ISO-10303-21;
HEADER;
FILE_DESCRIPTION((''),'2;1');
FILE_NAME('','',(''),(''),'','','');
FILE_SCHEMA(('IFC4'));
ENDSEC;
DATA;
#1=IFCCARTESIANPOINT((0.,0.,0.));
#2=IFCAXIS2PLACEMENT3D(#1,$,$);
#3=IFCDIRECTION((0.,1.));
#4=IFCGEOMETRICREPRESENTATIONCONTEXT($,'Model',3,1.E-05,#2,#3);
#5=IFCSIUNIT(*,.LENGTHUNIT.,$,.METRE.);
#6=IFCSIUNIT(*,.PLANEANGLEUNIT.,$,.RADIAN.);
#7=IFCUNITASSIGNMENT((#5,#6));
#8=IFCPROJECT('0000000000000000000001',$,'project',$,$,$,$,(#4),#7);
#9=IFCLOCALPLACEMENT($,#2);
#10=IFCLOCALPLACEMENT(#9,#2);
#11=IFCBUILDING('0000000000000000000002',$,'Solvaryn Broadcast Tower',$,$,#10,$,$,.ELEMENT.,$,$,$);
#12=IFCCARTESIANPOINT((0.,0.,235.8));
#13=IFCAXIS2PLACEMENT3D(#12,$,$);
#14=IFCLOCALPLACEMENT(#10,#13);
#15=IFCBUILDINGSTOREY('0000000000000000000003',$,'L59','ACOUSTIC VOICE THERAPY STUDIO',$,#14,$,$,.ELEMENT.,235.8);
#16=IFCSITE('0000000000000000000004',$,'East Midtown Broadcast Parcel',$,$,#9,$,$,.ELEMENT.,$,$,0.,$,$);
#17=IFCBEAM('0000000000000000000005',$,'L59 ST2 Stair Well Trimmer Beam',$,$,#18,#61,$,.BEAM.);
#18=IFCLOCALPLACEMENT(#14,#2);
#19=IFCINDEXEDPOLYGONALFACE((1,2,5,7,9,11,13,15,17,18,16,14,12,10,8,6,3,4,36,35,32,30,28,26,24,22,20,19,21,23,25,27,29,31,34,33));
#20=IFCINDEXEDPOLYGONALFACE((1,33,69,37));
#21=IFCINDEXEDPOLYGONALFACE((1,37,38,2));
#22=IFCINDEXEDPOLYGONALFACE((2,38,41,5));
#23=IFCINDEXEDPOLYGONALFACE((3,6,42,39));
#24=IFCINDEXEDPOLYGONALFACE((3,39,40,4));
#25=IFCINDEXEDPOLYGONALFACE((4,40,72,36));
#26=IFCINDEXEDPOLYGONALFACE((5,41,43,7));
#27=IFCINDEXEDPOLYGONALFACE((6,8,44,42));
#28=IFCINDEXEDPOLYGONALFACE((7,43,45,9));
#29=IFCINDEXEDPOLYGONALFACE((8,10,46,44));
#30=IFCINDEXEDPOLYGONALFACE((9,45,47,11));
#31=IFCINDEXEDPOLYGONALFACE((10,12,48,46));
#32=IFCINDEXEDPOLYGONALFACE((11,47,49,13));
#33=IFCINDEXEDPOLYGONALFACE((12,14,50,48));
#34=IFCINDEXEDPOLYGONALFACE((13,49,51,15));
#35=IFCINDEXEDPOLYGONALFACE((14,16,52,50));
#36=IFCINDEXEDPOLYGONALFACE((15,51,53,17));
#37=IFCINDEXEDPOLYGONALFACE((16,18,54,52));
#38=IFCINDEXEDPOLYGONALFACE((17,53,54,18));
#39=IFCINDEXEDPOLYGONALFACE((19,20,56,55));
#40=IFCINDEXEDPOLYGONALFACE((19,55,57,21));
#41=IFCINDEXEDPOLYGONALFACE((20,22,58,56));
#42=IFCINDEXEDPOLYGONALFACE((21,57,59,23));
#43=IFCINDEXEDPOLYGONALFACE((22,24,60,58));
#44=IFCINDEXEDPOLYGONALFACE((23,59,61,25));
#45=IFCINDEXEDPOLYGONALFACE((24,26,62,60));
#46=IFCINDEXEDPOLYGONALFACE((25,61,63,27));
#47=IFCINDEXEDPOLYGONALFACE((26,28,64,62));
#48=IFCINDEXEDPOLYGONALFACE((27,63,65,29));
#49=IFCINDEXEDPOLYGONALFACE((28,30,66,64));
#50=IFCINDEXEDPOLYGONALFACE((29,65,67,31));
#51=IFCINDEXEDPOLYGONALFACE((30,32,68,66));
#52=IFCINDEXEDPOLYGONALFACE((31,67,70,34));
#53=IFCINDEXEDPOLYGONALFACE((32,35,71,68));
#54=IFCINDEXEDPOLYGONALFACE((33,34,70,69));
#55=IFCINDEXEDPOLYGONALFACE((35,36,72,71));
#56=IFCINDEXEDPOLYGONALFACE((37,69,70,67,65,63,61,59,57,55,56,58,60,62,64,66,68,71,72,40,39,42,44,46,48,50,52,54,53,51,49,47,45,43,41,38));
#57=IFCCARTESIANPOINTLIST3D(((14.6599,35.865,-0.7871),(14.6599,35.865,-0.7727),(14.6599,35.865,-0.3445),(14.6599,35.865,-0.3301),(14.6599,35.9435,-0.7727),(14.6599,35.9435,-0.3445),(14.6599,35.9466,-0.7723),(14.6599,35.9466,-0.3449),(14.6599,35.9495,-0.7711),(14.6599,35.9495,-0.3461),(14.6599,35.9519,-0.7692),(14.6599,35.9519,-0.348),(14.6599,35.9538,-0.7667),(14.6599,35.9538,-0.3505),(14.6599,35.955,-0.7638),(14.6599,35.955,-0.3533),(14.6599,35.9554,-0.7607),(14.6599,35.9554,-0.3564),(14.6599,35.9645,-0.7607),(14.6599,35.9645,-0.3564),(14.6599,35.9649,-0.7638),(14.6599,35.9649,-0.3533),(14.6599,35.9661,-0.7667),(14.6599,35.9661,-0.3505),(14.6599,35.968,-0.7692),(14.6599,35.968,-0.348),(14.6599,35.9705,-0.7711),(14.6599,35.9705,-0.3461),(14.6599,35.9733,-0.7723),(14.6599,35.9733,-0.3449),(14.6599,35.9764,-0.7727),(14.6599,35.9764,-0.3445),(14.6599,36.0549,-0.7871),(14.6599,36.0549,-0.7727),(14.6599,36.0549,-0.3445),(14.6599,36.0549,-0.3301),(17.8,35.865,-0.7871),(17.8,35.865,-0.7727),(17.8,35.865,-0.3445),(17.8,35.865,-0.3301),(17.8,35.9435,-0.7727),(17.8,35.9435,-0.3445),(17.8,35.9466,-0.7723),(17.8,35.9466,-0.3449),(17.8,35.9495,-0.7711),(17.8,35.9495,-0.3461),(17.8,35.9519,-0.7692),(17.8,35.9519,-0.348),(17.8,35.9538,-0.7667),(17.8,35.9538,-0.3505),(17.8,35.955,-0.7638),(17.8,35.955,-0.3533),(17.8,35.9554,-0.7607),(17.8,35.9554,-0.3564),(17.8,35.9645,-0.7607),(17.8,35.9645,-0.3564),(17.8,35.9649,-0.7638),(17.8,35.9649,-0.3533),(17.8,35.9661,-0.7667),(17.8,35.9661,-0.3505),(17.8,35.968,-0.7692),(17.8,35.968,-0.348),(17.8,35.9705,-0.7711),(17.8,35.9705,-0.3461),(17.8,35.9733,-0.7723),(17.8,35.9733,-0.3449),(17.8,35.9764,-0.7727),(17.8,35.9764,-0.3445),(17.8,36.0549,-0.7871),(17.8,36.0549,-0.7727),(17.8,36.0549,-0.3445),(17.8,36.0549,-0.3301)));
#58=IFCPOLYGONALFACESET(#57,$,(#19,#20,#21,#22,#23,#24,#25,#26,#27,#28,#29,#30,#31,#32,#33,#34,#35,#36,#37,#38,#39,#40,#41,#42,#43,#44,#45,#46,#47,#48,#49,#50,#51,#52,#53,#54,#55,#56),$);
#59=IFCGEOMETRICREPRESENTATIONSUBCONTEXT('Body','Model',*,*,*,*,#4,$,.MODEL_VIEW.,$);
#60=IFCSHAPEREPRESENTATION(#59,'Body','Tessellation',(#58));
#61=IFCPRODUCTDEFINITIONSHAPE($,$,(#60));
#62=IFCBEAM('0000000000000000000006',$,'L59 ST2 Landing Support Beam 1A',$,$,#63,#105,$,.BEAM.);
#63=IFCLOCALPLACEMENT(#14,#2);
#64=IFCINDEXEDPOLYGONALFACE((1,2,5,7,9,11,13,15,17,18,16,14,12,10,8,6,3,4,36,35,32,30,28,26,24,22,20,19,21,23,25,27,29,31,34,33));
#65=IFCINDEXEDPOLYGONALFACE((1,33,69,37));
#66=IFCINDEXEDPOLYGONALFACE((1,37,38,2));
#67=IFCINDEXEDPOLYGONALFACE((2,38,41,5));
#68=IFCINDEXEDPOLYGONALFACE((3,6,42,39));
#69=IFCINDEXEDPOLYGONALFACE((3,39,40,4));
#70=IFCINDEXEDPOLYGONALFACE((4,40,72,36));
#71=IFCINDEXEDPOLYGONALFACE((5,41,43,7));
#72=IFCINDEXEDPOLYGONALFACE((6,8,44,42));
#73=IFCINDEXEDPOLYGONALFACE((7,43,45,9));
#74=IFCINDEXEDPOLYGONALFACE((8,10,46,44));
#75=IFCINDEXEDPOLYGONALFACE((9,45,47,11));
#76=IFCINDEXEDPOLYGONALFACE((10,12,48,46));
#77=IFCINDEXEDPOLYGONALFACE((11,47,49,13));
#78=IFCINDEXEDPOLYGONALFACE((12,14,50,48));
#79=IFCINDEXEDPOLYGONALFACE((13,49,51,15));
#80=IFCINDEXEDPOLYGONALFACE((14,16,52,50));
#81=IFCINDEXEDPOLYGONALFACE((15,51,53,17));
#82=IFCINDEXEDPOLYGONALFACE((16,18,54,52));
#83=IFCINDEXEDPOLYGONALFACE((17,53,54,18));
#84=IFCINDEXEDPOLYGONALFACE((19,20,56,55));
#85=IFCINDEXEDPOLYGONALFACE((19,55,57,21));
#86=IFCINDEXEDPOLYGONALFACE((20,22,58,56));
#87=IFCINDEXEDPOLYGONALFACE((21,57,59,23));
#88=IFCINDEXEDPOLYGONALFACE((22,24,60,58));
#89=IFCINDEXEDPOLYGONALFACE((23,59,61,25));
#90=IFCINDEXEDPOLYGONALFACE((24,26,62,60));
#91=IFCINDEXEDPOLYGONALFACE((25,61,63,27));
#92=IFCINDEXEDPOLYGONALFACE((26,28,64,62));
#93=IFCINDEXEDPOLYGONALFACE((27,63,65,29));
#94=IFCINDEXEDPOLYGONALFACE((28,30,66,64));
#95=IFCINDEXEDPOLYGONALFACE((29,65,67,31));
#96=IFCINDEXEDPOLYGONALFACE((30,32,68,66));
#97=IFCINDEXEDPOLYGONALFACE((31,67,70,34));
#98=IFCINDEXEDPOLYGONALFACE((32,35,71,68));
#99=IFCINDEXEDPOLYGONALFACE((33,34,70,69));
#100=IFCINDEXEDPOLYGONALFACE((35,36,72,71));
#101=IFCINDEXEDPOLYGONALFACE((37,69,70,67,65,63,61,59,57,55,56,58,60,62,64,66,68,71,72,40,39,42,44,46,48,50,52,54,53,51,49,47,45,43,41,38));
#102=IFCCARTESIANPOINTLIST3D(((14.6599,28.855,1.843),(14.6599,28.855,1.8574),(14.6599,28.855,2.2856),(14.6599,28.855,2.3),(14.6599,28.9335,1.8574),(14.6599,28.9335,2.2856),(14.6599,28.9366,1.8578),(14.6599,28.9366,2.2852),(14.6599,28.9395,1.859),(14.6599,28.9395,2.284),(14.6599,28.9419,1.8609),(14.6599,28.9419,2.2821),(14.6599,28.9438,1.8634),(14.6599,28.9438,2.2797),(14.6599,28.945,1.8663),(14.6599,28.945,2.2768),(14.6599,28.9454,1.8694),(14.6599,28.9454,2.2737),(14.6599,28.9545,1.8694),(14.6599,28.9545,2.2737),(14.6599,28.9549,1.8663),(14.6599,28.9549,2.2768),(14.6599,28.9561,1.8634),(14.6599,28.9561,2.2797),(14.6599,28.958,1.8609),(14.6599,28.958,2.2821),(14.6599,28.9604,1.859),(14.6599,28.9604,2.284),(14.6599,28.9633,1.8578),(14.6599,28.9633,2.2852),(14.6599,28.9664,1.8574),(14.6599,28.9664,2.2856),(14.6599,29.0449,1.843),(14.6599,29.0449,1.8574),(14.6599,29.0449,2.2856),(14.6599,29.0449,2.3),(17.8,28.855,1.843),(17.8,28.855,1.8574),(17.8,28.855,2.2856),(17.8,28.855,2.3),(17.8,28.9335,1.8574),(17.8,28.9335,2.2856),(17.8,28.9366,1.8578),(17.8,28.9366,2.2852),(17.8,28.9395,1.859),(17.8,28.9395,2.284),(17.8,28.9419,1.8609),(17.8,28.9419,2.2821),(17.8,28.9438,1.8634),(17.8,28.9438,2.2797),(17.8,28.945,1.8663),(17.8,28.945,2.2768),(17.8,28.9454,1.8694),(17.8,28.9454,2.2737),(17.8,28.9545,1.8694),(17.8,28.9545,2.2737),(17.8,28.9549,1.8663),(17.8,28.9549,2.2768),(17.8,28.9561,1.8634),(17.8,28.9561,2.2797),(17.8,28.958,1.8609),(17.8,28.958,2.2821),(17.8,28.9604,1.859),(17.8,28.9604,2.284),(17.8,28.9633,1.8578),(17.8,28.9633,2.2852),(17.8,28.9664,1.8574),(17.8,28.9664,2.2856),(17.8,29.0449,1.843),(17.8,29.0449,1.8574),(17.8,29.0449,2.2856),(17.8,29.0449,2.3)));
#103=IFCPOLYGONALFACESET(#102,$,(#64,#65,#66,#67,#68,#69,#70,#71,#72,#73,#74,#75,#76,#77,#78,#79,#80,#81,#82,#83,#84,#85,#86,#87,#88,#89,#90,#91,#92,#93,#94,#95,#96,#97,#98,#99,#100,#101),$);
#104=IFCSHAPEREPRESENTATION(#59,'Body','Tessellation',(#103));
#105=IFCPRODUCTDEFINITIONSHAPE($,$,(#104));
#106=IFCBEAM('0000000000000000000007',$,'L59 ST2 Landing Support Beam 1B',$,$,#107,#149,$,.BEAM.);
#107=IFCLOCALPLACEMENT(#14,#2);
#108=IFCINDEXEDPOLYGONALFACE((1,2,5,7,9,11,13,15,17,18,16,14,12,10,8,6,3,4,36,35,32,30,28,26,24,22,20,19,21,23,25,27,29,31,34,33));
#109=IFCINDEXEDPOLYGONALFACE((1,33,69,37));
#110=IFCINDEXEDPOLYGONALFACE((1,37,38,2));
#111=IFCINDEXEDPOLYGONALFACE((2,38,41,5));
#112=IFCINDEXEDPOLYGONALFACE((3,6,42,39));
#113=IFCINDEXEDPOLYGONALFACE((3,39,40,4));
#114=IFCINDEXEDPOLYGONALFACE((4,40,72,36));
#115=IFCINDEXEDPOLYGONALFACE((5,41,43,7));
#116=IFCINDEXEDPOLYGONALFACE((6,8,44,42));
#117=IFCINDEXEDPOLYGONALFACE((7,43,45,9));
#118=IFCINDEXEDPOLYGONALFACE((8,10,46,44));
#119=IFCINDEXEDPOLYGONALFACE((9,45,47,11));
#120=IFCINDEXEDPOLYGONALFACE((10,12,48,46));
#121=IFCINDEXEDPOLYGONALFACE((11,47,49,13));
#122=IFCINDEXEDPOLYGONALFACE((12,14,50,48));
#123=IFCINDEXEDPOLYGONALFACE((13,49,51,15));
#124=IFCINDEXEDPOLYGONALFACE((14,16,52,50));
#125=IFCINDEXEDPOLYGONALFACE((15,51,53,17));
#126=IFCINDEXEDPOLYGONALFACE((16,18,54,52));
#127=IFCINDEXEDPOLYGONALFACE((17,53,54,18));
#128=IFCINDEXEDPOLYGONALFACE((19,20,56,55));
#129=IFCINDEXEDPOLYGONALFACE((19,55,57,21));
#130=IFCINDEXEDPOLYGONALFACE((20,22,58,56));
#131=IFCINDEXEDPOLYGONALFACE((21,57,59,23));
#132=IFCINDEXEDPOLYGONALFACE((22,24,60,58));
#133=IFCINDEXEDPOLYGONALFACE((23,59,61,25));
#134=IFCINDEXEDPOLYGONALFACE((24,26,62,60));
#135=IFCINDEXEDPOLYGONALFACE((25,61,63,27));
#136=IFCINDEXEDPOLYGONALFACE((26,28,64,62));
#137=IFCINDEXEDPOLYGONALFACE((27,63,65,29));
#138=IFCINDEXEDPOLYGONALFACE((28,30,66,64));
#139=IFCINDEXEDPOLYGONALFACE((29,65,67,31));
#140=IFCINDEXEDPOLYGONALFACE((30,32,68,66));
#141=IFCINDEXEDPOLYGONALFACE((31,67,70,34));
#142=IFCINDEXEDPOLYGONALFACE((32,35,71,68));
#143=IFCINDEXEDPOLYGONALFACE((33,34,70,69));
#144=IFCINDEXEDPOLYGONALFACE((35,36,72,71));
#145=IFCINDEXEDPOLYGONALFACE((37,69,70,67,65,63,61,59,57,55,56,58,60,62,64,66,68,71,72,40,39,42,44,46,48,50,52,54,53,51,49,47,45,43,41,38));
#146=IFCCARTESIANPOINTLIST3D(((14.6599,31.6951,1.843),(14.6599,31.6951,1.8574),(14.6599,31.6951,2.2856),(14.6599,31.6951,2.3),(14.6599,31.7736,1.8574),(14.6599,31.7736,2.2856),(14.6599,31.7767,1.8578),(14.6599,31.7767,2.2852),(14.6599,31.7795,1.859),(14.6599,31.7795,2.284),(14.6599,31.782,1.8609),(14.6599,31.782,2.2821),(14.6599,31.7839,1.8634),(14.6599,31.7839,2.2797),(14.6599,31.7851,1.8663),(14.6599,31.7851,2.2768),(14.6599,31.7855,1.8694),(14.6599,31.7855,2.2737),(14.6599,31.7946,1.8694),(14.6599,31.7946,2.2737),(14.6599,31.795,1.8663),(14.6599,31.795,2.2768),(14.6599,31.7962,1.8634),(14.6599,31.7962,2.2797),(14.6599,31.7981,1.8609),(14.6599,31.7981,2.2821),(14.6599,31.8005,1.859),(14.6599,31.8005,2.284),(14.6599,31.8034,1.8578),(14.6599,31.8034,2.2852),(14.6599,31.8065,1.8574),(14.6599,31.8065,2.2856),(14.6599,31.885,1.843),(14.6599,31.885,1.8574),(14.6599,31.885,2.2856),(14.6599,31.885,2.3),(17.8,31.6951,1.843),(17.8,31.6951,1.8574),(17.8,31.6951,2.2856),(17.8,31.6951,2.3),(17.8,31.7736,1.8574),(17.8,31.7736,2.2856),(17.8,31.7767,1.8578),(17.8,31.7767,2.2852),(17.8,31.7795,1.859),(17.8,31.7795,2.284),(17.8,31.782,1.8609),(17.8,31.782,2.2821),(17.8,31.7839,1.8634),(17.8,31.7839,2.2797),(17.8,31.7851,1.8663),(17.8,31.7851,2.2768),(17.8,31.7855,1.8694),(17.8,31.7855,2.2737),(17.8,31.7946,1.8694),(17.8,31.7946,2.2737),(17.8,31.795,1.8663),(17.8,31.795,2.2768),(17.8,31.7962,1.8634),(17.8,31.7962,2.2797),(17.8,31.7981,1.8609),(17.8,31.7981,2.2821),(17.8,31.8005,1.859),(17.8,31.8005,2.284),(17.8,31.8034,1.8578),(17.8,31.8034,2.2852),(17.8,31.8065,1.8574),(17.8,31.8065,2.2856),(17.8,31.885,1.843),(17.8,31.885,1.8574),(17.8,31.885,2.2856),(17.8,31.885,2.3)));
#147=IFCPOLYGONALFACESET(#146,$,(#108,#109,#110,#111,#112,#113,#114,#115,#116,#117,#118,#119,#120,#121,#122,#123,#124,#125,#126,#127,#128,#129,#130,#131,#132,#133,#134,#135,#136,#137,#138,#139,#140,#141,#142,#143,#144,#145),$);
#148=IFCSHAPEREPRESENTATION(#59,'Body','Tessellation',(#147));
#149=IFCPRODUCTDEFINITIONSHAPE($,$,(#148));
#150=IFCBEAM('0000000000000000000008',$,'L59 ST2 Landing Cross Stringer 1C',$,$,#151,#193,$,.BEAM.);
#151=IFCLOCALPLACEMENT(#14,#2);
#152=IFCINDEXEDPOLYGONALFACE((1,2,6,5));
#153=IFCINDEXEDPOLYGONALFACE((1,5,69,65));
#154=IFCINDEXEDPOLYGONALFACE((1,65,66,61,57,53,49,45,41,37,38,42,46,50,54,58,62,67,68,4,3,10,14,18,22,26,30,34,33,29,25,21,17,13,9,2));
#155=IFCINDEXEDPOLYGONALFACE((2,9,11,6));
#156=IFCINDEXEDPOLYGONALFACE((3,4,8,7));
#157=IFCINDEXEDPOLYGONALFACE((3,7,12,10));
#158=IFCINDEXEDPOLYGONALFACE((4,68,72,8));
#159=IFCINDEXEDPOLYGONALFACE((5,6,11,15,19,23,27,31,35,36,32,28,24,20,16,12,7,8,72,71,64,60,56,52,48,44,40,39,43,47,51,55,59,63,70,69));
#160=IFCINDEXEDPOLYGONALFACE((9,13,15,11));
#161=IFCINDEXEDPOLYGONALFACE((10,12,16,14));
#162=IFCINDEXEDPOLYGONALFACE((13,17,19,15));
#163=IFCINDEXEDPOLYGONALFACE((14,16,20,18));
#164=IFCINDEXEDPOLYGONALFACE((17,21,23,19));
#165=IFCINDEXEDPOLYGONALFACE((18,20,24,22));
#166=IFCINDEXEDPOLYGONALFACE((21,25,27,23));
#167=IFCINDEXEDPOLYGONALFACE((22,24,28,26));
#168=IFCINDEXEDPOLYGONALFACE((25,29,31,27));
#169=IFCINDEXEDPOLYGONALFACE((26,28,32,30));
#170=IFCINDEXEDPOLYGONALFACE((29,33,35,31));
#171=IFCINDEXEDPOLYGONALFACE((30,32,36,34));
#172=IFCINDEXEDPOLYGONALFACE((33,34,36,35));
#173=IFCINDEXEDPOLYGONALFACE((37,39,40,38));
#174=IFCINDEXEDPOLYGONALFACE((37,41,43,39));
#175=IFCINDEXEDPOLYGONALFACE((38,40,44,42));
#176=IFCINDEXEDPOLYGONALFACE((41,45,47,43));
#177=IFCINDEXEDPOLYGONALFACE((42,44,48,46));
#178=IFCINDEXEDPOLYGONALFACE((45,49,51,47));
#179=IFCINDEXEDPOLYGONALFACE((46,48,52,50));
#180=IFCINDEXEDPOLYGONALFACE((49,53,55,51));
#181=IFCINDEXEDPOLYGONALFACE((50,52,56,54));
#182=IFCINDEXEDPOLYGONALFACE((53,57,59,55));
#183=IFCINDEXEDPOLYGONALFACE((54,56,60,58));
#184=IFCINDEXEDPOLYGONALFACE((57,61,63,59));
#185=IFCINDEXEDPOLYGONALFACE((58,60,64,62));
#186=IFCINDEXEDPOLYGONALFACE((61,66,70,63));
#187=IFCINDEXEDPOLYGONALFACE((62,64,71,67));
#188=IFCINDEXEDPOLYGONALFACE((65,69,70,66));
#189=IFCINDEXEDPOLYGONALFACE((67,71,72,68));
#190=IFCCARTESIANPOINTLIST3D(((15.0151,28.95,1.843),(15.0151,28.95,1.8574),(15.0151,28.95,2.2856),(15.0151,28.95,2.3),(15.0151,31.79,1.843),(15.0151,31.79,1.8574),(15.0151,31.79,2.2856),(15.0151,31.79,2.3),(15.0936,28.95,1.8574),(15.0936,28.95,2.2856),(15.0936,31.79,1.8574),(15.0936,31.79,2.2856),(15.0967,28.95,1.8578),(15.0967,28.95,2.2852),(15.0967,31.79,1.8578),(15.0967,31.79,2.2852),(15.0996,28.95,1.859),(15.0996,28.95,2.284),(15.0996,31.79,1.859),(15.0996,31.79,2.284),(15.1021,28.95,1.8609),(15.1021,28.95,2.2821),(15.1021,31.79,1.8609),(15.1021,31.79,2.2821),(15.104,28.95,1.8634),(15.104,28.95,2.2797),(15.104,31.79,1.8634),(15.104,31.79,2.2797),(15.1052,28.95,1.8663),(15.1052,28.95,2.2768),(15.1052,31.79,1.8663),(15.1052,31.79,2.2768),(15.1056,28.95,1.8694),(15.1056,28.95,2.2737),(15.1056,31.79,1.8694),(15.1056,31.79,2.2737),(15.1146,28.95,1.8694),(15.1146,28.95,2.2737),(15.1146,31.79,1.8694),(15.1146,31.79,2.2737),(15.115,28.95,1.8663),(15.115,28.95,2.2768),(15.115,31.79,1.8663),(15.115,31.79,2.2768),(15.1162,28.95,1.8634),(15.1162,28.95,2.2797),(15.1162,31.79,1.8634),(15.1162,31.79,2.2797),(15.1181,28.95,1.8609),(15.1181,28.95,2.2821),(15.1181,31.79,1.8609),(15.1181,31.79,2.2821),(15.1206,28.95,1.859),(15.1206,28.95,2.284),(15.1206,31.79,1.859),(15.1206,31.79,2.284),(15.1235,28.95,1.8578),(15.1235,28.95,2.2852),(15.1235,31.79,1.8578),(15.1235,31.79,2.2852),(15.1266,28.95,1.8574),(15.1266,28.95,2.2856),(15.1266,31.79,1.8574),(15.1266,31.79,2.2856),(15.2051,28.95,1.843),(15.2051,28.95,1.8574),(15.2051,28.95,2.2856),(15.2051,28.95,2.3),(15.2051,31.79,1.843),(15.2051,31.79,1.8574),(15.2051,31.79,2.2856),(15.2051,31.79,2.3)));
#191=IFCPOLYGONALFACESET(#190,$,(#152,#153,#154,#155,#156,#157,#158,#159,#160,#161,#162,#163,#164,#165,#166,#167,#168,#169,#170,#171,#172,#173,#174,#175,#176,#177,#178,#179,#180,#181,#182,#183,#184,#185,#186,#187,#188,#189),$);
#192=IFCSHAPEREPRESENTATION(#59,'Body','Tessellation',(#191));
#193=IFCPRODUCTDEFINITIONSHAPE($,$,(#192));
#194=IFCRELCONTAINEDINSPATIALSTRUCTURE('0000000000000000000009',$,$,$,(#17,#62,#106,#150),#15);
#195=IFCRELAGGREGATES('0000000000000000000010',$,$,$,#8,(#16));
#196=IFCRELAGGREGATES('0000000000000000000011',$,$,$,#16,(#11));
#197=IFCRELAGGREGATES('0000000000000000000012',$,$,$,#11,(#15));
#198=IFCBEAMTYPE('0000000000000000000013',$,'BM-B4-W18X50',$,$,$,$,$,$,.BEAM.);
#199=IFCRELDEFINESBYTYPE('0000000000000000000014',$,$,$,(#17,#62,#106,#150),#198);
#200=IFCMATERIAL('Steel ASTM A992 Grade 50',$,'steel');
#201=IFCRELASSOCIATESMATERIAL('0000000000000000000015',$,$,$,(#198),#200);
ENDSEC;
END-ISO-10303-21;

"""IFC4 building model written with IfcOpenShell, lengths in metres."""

from ifc_helpers import new_model, si_unit, direction, frame, origin, origin_2d, place, context, subcontext, project, spatial, i_section, extrude, material, material_profile, profile_set, type_object, element, save


model = new_model("IFC4")

# Units and contexts
model_context = context("Model", 3, precision=1e-05, world=origin(), true_north=direction((0.0, 1.0)))
body_context = subcontext(model_context, "Body", "Model", "MODEL_VIEW")
ifc_project = project(units=[si_unit("LENGTHUNIT", "METRE"), si_unit("PLANEANGLEUNIT", "RADIAN")], contexts=[model_context])

# Site, building, storey
site_placement = place(None, origin())
site = spatial("IfcSite", under=ifc_project, at=site_placement, Name="East Midtown Broadcast Parcel", CompositionType="ELEMENT", RefElevation=0.0)
building_placement = place(site_placement, origin())
building = spatial("IfcBuilding", under=site, at=building_placement, Name="Solvaryn Broadcast Tower", CompositionType="ELEMENT")
storey_placement = place(building_placement, frame((0.0, 0.0, 235.8)))
storey = spatial("IfcBuildingStorey", under=building, at=storey_placement, Name="L59", Description="ACOUSTIC VOICE THERAPY STUDIO", CompositionType="ELEMENT", Elevation=235.8)

# Beams
ifc_material_1 = material(Name="Steel ASTM A992 Grade 50", Category="steel")
ifc_material_profile = material_profile(ifc_material_1, i_section(OverallWidth=0.1899, OverallDepth=0.457, WebThickness=0.009, FlangeThickness=0.0144, FilletRadius=0.012, at=origin_2d()))
ifc_profile_set = profile_set([ifc_material_profile], Name="Steel ASTM A992 Grade 50")
beam_type = type_object("IfcBeamType", Name="BM-B4-W18X50", PredefinedType="BEAM", material=ifc_profile_set)
for number, where, z_axis, x_axis, name in (
    (1, (14.6599, 35.96, -0.5586), (1.0, 0.0, 0.0), (0.0, 1.0, 0.0), "L59 ST2 Stair Well Trimmer Beam"),
    (2, (14.6599, 28.95, 2.0715), (1.0, 0.0, 0.0), (0.0, 1.0, 0.0), "L59 ST2 Landing Support Beam 1A"),
    (3, (14.6599, 31.79, 2.0715), (1.0, 0.0, 0.0), (0.0, 1.0, 0.0), "L59 ST2 Landing Support Beam 1B"),
):
    element("IfcBeam", number, at=place(storey_placement, frame(where, z_axis=z_axis, x_axis=x_axis)), inside=storey, type_object=beam_type, Name=name, PredefinedType="BEAM", context=body_context, shape_type="SweptSolid", body=[
        extrude(i_section(OverallWidth=0.1899, OverallDepth=0.457, WebThickness=0.009, FlangeThickness=0.0144, FilletRadius=0.012, at=origin_2d()), origin(), (0.0, 0.0, 1.0), 3.1401),
    ])
beam_placement = place(storey_placement, frame((15.1101, 28.95, 2.0715), z_axis=(0.0, 1.0, 0.0), x_axis=(-1.0, 0.0, 0.0)))
element("IfcBeam", 4, at=beam_placement, inside=storey, type_object=beam_type, Name="L59 ST2 Landing Cross Stringer 1C", PredefinedType="BEAM", context=body_context, shape_type="SweptSolid", body=[
    extrude(i_section(OverallWidth=0.1899, OverallDepth=0.457, WebThickness=0.009, FlangeThickness=0.0144, FilletRadius=0.012, at=origin_2d()), origin(), (0.0, 0.0, 1.0), 2.8401),
])

save(model, "model.ifc")
